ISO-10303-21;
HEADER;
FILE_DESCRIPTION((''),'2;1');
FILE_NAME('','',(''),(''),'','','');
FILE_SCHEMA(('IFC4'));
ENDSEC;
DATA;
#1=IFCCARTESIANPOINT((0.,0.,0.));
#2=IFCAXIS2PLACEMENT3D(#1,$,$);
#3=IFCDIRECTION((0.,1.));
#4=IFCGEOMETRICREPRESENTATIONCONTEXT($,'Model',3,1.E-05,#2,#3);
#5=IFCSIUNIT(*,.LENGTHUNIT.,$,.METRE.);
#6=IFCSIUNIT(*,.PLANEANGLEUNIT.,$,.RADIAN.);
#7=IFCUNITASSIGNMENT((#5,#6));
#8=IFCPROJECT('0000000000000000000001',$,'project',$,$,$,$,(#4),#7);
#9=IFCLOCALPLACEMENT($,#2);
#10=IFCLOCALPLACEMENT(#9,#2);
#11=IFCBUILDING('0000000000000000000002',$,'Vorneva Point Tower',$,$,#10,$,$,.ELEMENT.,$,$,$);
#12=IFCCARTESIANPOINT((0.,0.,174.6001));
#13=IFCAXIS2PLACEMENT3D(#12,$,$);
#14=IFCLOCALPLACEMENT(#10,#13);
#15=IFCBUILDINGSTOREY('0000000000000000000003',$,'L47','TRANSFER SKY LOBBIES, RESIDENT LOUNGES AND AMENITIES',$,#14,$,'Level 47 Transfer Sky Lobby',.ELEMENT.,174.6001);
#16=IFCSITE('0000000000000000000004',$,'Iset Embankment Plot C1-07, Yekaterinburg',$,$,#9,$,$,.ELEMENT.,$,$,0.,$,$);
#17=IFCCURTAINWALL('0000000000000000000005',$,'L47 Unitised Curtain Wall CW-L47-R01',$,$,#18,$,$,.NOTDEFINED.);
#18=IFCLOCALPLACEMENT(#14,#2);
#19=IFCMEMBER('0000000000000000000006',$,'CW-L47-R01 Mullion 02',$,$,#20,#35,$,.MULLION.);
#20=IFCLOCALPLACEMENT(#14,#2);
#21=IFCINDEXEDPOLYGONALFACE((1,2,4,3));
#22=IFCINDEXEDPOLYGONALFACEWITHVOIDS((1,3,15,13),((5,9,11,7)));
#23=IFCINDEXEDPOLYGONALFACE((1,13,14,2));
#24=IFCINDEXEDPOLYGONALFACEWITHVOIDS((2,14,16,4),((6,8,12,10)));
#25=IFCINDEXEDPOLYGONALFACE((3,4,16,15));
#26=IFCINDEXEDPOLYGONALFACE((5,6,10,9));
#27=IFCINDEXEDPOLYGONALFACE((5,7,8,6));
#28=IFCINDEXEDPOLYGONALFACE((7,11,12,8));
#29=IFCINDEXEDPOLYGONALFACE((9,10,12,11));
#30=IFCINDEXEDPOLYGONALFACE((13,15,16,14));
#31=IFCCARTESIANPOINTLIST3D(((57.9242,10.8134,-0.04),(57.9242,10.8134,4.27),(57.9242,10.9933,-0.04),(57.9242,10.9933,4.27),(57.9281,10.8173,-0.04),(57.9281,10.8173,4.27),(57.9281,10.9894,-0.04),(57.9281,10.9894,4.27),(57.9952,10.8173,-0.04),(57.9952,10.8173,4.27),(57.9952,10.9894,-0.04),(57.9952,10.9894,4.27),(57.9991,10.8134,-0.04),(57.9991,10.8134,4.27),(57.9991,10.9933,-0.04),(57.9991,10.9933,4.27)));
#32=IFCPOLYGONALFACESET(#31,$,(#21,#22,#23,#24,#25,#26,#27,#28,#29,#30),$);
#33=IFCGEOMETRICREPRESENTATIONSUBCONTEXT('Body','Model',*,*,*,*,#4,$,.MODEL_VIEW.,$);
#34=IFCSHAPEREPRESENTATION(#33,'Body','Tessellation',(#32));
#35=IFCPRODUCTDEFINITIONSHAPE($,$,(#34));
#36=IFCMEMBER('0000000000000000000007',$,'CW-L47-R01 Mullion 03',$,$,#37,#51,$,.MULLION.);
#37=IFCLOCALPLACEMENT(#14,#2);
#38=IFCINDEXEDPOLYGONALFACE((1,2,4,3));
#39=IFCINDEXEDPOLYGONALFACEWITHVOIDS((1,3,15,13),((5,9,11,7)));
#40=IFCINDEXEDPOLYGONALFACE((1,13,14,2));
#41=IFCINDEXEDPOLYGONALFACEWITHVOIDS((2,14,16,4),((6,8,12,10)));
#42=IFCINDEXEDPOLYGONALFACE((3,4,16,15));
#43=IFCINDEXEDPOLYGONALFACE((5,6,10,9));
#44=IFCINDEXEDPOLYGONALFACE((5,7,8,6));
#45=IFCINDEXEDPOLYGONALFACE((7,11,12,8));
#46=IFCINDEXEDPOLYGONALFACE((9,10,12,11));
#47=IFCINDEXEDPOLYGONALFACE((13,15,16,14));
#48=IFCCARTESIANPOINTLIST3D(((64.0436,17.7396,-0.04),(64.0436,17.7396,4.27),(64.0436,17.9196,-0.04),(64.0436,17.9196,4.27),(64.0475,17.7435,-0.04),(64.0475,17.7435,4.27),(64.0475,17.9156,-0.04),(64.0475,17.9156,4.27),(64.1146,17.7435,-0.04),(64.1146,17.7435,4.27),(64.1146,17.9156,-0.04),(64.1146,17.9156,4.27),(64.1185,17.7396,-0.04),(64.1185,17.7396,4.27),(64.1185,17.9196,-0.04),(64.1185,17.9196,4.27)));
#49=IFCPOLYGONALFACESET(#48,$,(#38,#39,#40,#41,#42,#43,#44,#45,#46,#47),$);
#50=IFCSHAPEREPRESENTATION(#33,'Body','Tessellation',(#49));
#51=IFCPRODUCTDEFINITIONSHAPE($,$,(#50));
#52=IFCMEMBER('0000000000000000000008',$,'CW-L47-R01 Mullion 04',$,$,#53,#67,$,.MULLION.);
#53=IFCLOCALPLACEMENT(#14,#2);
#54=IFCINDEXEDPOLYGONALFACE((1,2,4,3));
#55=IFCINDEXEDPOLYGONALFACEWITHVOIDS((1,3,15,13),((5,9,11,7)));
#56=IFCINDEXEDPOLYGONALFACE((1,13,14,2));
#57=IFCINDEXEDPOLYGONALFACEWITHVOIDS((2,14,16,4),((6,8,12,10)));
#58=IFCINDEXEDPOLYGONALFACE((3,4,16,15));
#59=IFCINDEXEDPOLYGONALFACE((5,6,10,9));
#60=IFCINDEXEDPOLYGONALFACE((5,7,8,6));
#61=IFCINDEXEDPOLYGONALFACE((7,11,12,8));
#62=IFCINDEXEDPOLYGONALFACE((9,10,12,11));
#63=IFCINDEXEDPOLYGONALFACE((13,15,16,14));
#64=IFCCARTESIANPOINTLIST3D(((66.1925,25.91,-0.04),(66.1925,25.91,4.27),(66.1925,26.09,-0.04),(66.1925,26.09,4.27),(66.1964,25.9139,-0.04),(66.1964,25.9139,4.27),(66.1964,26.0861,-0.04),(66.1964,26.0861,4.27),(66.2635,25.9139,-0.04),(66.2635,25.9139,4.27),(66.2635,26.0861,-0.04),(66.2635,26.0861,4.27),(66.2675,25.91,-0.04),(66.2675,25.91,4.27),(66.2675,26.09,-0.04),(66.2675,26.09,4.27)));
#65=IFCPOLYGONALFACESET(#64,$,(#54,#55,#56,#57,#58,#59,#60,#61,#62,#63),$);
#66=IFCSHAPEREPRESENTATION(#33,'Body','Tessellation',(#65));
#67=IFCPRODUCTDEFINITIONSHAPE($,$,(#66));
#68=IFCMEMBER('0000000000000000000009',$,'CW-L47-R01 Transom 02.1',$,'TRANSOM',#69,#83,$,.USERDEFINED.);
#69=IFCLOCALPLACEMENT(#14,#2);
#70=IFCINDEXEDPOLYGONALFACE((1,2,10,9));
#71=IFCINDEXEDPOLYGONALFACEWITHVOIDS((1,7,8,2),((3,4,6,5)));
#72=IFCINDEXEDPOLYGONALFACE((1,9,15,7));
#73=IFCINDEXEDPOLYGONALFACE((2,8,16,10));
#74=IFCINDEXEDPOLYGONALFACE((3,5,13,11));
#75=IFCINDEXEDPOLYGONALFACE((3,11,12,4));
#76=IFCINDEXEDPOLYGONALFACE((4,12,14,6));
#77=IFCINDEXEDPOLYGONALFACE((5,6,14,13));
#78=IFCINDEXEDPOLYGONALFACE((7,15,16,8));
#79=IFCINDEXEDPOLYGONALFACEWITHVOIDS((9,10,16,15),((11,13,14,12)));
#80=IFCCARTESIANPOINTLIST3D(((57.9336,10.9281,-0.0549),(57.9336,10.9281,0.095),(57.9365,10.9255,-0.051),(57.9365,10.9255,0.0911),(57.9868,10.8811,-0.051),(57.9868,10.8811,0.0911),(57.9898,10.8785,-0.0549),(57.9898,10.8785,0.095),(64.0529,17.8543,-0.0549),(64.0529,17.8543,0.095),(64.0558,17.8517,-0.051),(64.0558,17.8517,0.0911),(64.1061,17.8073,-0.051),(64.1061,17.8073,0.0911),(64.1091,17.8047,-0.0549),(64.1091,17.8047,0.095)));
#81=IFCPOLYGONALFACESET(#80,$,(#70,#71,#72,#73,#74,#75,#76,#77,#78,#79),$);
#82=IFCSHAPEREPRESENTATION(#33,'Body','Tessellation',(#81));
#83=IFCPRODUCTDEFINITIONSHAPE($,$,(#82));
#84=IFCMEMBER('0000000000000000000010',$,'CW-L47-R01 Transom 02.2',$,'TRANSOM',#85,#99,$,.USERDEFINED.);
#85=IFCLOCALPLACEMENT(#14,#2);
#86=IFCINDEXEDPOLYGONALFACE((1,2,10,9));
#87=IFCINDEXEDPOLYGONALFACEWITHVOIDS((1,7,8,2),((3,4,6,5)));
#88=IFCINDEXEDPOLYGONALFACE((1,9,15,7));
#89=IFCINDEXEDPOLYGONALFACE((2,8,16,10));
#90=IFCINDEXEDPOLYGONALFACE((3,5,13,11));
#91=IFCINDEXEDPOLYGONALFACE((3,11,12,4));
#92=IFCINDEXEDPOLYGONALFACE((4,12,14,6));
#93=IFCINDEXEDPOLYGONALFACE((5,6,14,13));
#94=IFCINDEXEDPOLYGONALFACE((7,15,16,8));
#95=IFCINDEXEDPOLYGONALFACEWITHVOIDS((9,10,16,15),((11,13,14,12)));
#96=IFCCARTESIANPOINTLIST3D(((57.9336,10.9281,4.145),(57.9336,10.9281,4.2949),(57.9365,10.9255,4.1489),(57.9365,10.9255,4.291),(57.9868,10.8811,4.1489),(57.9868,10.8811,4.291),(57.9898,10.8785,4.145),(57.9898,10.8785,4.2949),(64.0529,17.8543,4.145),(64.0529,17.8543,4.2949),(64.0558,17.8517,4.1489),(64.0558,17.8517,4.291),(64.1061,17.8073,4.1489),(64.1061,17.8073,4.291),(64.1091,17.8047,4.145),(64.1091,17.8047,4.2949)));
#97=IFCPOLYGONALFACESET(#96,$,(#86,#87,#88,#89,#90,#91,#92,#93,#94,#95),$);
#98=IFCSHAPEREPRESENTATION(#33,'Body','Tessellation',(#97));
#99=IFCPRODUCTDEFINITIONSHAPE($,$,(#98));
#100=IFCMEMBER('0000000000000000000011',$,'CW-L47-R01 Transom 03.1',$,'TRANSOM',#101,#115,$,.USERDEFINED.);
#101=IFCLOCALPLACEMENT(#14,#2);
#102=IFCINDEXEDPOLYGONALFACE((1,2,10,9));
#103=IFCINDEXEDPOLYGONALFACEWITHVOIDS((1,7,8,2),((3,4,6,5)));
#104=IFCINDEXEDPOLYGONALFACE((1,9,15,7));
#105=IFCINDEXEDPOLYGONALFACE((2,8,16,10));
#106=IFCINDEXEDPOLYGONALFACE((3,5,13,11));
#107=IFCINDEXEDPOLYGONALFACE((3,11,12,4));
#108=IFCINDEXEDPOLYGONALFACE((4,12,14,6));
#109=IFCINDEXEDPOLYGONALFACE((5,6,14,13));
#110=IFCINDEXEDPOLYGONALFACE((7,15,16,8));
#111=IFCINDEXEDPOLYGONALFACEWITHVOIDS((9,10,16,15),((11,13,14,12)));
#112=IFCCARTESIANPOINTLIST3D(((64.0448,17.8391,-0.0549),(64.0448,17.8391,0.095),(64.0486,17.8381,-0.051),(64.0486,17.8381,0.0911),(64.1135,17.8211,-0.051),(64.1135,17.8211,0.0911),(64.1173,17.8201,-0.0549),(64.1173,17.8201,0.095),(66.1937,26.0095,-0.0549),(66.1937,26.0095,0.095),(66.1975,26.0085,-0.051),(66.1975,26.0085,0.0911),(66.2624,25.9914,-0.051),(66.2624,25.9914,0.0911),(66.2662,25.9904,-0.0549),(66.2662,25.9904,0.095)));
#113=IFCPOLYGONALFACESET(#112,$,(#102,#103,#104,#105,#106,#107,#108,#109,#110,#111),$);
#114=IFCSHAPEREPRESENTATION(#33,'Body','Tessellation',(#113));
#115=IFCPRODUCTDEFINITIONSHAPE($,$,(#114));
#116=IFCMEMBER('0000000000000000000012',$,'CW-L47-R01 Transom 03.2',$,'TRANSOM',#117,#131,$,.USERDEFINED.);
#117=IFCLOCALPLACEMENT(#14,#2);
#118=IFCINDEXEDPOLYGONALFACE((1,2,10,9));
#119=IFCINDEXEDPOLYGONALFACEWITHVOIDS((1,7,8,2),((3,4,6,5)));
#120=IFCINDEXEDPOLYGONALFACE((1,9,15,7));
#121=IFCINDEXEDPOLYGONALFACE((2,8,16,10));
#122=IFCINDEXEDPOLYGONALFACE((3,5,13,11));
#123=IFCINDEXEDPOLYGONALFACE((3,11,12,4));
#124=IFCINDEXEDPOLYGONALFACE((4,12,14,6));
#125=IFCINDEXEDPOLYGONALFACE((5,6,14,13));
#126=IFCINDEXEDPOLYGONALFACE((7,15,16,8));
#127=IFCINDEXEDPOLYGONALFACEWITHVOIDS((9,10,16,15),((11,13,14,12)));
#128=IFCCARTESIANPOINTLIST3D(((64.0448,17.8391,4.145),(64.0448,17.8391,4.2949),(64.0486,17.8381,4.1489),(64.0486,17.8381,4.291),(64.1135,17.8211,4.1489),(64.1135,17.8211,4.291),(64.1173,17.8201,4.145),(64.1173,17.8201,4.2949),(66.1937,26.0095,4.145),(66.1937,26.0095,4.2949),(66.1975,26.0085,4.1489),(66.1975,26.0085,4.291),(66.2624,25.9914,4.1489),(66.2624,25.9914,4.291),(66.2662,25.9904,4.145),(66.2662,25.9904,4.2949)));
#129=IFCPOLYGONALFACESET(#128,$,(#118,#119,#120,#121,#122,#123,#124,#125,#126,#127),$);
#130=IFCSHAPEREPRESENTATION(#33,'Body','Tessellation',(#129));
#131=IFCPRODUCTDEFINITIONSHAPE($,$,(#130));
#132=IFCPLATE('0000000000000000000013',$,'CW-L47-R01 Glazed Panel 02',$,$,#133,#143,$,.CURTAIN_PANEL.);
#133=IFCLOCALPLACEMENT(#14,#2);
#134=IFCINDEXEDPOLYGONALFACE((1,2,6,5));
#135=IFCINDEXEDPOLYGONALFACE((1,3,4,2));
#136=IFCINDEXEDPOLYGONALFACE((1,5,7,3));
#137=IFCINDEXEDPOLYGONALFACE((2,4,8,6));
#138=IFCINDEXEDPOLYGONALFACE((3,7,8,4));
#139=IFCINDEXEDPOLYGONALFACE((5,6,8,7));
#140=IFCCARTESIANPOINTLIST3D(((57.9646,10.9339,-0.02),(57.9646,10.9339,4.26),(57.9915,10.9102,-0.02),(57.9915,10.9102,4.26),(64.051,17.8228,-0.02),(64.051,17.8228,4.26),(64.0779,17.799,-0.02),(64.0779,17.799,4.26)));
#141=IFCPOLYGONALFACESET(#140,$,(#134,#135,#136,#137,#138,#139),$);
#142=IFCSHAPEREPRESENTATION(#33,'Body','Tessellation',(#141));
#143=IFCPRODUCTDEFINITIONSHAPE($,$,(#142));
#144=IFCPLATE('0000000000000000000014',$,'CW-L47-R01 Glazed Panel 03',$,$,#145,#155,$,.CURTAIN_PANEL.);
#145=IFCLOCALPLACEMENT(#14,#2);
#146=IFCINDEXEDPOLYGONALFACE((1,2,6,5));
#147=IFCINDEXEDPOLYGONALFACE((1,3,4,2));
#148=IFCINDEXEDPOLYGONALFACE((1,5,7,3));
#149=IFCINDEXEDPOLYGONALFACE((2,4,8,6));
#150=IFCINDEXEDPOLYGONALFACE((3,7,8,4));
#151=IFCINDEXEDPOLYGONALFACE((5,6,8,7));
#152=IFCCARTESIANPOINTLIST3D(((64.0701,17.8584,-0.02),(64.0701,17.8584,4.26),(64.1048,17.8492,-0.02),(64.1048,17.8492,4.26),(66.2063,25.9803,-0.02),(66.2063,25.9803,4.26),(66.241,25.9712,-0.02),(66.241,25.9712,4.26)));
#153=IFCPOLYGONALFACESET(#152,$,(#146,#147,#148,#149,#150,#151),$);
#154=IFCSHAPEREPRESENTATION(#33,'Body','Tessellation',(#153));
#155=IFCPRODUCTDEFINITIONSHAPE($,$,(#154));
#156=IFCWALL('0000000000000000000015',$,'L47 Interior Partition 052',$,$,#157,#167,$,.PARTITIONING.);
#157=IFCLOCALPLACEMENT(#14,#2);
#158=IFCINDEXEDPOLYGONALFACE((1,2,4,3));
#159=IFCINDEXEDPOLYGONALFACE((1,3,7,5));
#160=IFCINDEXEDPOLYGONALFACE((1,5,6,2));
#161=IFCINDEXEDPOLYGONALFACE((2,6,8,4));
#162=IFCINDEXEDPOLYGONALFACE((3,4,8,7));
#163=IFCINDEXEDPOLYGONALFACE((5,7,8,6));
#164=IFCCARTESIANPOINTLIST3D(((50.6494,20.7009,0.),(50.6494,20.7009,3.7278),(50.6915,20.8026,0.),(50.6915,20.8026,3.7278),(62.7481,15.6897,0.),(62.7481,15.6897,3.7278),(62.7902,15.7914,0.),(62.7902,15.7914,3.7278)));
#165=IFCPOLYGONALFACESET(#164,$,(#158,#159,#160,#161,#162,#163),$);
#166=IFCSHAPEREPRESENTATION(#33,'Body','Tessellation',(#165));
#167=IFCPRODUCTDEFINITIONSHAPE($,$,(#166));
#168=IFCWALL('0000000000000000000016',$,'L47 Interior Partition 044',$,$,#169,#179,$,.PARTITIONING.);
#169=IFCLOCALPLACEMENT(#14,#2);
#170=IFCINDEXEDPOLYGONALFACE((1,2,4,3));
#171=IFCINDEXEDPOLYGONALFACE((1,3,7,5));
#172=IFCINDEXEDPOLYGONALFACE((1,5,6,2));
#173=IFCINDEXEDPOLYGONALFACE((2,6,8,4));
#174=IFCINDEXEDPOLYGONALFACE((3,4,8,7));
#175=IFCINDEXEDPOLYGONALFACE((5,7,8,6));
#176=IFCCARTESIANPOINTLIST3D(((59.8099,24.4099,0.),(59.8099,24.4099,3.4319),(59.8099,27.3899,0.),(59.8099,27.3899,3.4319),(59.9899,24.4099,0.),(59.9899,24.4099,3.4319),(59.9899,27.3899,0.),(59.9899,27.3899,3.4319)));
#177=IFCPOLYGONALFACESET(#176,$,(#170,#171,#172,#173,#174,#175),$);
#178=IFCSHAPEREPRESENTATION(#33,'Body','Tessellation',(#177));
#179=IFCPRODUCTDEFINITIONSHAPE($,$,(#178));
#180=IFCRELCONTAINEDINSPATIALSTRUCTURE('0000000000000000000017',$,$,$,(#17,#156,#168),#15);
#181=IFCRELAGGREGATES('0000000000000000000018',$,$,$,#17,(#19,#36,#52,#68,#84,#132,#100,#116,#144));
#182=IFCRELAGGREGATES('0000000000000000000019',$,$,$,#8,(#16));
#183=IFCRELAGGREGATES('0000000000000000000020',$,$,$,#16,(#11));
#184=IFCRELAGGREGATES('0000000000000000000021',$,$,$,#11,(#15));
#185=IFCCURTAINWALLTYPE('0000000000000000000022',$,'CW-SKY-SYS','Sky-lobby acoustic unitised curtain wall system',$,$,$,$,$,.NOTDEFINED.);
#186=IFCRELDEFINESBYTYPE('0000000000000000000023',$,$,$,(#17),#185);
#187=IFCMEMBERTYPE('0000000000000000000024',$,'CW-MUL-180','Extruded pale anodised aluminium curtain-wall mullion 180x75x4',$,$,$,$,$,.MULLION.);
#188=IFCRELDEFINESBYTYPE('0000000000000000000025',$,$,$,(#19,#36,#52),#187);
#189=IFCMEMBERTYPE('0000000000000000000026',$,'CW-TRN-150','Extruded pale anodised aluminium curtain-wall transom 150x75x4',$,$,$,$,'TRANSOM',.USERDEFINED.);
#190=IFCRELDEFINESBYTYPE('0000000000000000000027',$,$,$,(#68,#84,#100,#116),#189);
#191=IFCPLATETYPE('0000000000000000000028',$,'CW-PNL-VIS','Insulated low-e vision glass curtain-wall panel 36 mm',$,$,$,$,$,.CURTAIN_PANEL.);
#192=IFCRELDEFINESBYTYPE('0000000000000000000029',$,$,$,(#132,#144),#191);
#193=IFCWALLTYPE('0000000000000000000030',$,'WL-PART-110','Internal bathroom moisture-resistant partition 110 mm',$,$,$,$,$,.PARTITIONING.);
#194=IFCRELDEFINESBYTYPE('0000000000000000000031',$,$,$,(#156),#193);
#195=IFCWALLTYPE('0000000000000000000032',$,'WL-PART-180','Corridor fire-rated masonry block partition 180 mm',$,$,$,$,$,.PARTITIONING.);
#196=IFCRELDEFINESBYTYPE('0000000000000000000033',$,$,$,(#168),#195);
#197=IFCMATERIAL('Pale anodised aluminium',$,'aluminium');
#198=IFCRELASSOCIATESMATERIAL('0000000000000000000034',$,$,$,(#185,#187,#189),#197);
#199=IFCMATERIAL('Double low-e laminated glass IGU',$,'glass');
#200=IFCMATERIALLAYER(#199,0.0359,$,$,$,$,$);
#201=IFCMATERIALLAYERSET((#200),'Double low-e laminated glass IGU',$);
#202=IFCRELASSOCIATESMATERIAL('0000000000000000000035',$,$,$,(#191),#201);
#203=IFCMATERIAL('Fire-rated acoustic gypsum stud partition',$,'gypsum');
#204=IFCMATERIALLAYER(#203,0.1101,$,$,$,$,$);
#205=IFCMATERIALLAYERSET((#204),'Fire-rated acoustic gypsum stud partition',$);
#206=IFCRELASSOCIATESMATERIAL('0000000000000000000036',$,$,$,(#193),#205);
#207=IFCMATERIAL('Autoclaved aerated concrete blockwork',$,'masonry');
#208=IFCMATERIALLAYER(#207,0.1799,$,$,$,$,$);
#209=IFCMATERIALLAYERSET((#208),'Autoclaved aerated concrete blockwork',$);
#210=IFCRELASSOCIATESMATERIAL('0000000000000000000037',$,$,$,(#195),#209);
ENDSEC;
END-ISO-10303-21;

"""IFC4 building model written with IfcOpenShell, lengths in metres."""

from ifc_helpers import new_model, si_unit, direction, frame, frame_2d, origin, origin_2d, place, context, subcontext, project, spatial, rectangle, hollow_rectangle, extrude, material, layer, layer_set, material_profile, profile_set, type_object, element, aggregate, save


model = new_model("IFC4")

# Units and contexts
model_context = context("Model", 3, precision=1e-05, world=origin(), true_north=direction((0.0, 1.0)))
body_context = subcontext(model_context, "Body", "Model", "MODEL_VIEW")
ifc_project = project(units=[si_unit("LENGTHUNIT", "METRE"), si_unit("PLANEANGLEUNIT", "RADIAN")], contexts=[model_context])

# Site, building, storey
site_placement = place(None, origin())
site = spatial("IfcSite", under=ifc_project, at=site_placement, Name="Iset Embankment Plot C1-07, Yekaterinburg", CompositionType="ELEMENT", RefElevation=0.0)
building_placement = place(site_placement, origin())
building = spatial("IfcBuilding", under=site, at=building_placement, Name="Vorneva Point Tower", CompositionType="ELEMENT")
storey_placement = place(building_placement, frame((0.0, 0.0, 174.6001)))
storey = spatial("IfcBuildingStorey", under=building, at=storey_placement, Name="L47", Description="TRANSFER SKY LOBBIES, RESIDENT LOUNGES AND AMENITIES", LongName="Level 47 Transfer Sky Lobby", CompositionType="ELEMENT", Elevation=174.6001)

# Curtain wall, members, plates
ifc_material_1 = material(Name="Pale anodised aluminium", Category="aluminium")
curtain_wall_type = type_object("IfcCurtainWallType", Name="CW-SKY-SYS", Description="Sky-lobby acoustic unitised curtain wall system", PredefinedType="NOTDEFINED", material=ifc_material_1)
curtain_wall_placement = place(storey_placement, origin())
curtain_wall = element("IfcCurtainWall", 1, at=curtain_wall_placement, inside=storey, type_object=curtain_wall_type, Name="L47 Unitised Curtain Wall CW-L47-R01", PredefinedType="NOTDEFINED")
ifc_material_profile_1 = material_profile(ifc_material_1, hollow_rectangle(XDim=0.075, YDim=0.1799, WallThickness=0.0039, at=origin_2d()), Name="AL-MUL 180x75x4")
ifc_profile_set_1 = profile_set([ifc_material_profile_1], Name="Pale anodised aluminium")
member_type_1 = type_object("IfcMemberType", Name="CW-MUL-180", Description="Extruded pale anodised aluminium curtain-wall mullion 180x75x4", PredefinedType="MULLION", material=ifc_profile_set_1)
member_1_placement = place(storey_placement, frame((57.9617, 10.9033, -0.04), z_axis=(0.0, 0.0, 1.0), x_axis=(1.0, 0.0, 0.0)))
member_1 = element("IfcMember", 2, at=member_1_placement, type_object=member_type_1, Name="CW-L47-R01 Mullion 02", PredefinedType="MULLION", context=body_context, shape_type="SweptSolid", body=[
    extrude(hollow_rectangle(XDim=0.075, YDim=0.1799, WallThickness=0.0039, at=origin_2d()), origin(), (0.0, 0.0, 1.0), 4.3101),
])
member_2_placement = place(storey_placement, frame((64.0811, 17.8296, -0.04), z_axis=(0.0, 0.0, 1.0), x_axis=(1.0, 0.0, 0.0)))
member_2 = element("IfcMember", 3, at=member_2_placement, type_object=member_type_1, Name="CW-L47-R01 Mullion 03", PredefinedType="MULLION", context=body_context, shape_type="SweptSolid", body=[
    extrude(hollow_rectangle(XDim=0.075, YDim=0.1799, WallThickness=0.0039, at=origin_2d()), origin(), (0.0, 0.0, 1.0), 4.3101),
])
member_3_placement = place(storey_placement, frame((66.23, 26.0, -0.04), z_axis=(0.0, 0.0, 1.0), x_axis=(1.0, 0.0, 0.0)))
member_3 = element("IfcMember", 4, at=member_3_placement, type_object=member_type_1, Name="CW-L47-R01 Mullion 04", PredefinedType="MULLION", context=body_context, shape_type="SweptSolid", body=[
    extrude(hollow_rectangle(XDim=0.075, YDim=0.1799, WallThickness=0.0039, at=origin_2d()), origin(), (0.0, 0.0, 1.0), 4.3101),
])
ifc_material_profile_2 = material_profile(ifc_material_1, hollow_rectangle(XDim=0.075, YDim=0.1499, WallThickness=0.0039, at=origin_2d()), Name="AL-TRN 150x75x4")
ifc_profile_set_2 = profile_set([ifc_material_profile_2], Name="Pale anodised aluminium")
member_type_2 = type_object("IfcMemberType", Name="CW-TRN-150", Description="Extruded pale anodised aluminium curtain-wall transom 150x75x4", ElementType="TRANSOM", PredefinedType="USERDEFINED", material=ifc_profile_set_2)
member_4_placement = place(storey_placement, frame((57.9617, 10.9033, 0.02), z_axis=(0.662106, 0.74941, 0.0), x_axis=(-0.74941, 0.662106, 0.0)))
member_4 = element("IfcMember", 5, at=member_4_placement, type_object=member_type_2, Name="CW-L47-R01 Transom 02.1", ObjectType="TRANSOM", PredefinedType="USERDEFINED", context=body_context, shape_type="SweptSolid", body=[
    extrude(hollow_rectangle(XDim=0.075, YDim=0.1499, WallThickness=0.0039, at=origin_2d()), origin(), (0.0, 0.0, 1.0), 9.2422),
])
member_5_placement = place(storey_placement, frame((57.9617, 10.9033, 4.22), z_axis=(0.662106, 0.74941, 0.0), x_axis=(-0.74941, 0.662106, 0.0)))
member_5 = element("IfcMember", 6, at=member_5_placement, type_object=member_type_2, Name="CW-L47-R01 Transom 02.2", ObjectType="TRANSOM", PredefinedType="USERDEFINED", context=body_context, shape_type="SweptSolid", body=[
    extrude(hollow_rectangle(XDim=0.075, YDim=0.1499, WallThickness=0.0039, at=origin_2d()), origin(), (0.0, 0.0, 1.0), 9.2422),
])
member_6_placement = place(storey_placement, frame((64.0811, 17.8296, 0.02), z_axis=(0.254362, 0.967109, 0.0), x_axis=(-0.967109, 0.254362, 0.0)))
member_6 = element("IfcMember", 7, at=member_6_placement, type_object=member_type_2, Name="CW-L47-R01 Transom 03.1", ObjectType="TRANSOM", PredefinedType="USERDEFINED", context=body_context, shape_type="SweptSolid", body=[
    extrude(hollow_rectangle(XDim=0.075, YDim=0.1499, WallThickness=0.0039, at=origin_2d()), origin(), (0.0, 0.0, 1.0), 8.4482),
])
member_7_placement = place(storey_placement, frame((64.0811, 17.8296, 4.22), z_axis=(0.254362, 0.967109, 0.0), x_axis=(-0.967109, 0.254362, 0.0)))
member_7 = element("IfcMember", 8, at=member_7_placement, type_object=member_type_2, Name="CW-L47-R01 Transom 03.2", ObjectType="TRANSOM", PredefinedType="USERDEFINED", context=body_context, shape_type="SweptSolid", body=[
    extrude(hollow_rectangle(XDim=0.075, YDim=0.1499, WallThickness=0.0039, at=origin_2d()), origin(), (0.0, 0.0, 1.0), 8.4482),
])
ifc_material_2 = material(Name="Double low-e laminated glass IGU", Category="glass")
ifc_layer_1 = layer(ifc_material_2, 0.0359)
ifc_layer_set_1 = layer_set([ifc_layer_1], Name="Double low-e laminated glass IGU")
plate_type = type_object("IfcPlateType", Name="CW-PNL-VIS", Description="Insulated low-e vision glass curtain-wall panel 36 mm", PredefinedType="CURTAIN_PANEL", material=ifc_layer_set_1)
plate_1_placement = place(storey_placement, frame((61.0212, 14.3665, -0.02), z_axis=(0.0, 0.0, 1.0), x_axis=(0.66211, 0.749407, 0.0)))
plate_1 = element("IfcPlate", 9, at=plate_1_placement, type_object=plate_type, Name="CW-L47-R01 Glazed Panel 02", PredefinedType="CURTAIN_PANEL", context=body_context, shape_type="SweptSolid", body=[
    extrude(rectangle(XDim=9.1924, YDim=0.0359, at=origin_2d()), origin(), (0.0, 0.0, 1.0), 4.28),
])
plate_2_placement = place(storey_placement, frame((65.1555, 21.9148, -0.02), z_axis=(0.0, 0.0, 1.0), x_axis=(0.254366, 0.967108, 0.0)))
plate_2 = element("IfcPlate", 10, at=plate_2_placement, type_object=plate_type, Name="CW-L47-R01 Glazed Panel 03", PredefinedType="CURTAIN_PANEL", context=body_context, shape_type="SweptSolid", body=[
    extrude(rectangle(XDim=8.3982, YDim=0.0359, at=origin_2d()), origin(), (0.0, 0.0, 1.0), 4.28),
])
aggregate(curtain_wall, [member_1, member_2, member_3, member_4, member_5, plate_1, member_6, member_7, plate_2])

# Walls
ifc_material_3 = material(Name="Fire-rated acoustic gypsum stud partition", Category="gypsum")
ifc_layer_2 = layer(ifc_material_3, 0.1101)
ifc_layer_set_2 = layer_set([ifc_layer_2], Name="Fire-rated acoustic gypsum stud partition")
wall_type_1 = type_object("IfcWallType", Name="WL-PART-110", Description="Internal bathroom moisture-resistant partition 110 mm", PredefinedType="PARTITIONING", material=ifc_layer_set_2)
wall_1_placement = place(storey_placement, frame((62.7693, 15.7405, 0.0), z_axis=(0.0, 0.0, 1.0), x_axis=(-0.923885, 0.382671, 0.0)))
element("IfcWall", 11, at=wall_1_placement, inside=storey, type_object=wall_type_1, Name="L47 Interior Partition 052", PredefinedType="PARTITIONING", context=body_context, shape_type="SweptSolid", body=[
    extrude(rectangle(XDim=13.0955, YDim=0.1101, at=frame_2d((6.5479, 0.0))), origin(), (0.0, 0.0, 1.0), 3.7278),
])
ifc_material_4 = material(Name="Autoclaved aerated concrete blockwork", Category="masonry")
ifc_layer_3 = layer(ifc_material_4, 0.1799)
ifc_layer_set_3 = layer_set([ifc_layer_3], Name="Autoclaved aerated concrete blockwork")
wall_type_2 = type_object("IfcWallType", Name="WL-PART-180", Description="Corridor fire-rated masonry block partition 180 mm", PredefinedType="PARTITIONING", material=ifc_layer_set_3)
wall_2_placement = place(storey_placement, frame((59.8999, 24.4099, 0.0), z_axis=(0.0, 0.0, 1.0), x_axis=(0.0, 1.0, 0.0)))
element("IfcWall", 12, at=wall_2_placement, inside=storey, type_object=wall_type_2, Name="L47 Interior Partition 044", PredefinedType="PARTITIONING", context=body_context, shape_type="SweptSolid", body=[
    extrude(rectangle(XDim=2.98, YDim=0.1799, at=frame_2d((1.49, 0.0))), origin(), (0.0, 0.0, 1.0), 3.4319),
])

save(model, "model.ifc")
